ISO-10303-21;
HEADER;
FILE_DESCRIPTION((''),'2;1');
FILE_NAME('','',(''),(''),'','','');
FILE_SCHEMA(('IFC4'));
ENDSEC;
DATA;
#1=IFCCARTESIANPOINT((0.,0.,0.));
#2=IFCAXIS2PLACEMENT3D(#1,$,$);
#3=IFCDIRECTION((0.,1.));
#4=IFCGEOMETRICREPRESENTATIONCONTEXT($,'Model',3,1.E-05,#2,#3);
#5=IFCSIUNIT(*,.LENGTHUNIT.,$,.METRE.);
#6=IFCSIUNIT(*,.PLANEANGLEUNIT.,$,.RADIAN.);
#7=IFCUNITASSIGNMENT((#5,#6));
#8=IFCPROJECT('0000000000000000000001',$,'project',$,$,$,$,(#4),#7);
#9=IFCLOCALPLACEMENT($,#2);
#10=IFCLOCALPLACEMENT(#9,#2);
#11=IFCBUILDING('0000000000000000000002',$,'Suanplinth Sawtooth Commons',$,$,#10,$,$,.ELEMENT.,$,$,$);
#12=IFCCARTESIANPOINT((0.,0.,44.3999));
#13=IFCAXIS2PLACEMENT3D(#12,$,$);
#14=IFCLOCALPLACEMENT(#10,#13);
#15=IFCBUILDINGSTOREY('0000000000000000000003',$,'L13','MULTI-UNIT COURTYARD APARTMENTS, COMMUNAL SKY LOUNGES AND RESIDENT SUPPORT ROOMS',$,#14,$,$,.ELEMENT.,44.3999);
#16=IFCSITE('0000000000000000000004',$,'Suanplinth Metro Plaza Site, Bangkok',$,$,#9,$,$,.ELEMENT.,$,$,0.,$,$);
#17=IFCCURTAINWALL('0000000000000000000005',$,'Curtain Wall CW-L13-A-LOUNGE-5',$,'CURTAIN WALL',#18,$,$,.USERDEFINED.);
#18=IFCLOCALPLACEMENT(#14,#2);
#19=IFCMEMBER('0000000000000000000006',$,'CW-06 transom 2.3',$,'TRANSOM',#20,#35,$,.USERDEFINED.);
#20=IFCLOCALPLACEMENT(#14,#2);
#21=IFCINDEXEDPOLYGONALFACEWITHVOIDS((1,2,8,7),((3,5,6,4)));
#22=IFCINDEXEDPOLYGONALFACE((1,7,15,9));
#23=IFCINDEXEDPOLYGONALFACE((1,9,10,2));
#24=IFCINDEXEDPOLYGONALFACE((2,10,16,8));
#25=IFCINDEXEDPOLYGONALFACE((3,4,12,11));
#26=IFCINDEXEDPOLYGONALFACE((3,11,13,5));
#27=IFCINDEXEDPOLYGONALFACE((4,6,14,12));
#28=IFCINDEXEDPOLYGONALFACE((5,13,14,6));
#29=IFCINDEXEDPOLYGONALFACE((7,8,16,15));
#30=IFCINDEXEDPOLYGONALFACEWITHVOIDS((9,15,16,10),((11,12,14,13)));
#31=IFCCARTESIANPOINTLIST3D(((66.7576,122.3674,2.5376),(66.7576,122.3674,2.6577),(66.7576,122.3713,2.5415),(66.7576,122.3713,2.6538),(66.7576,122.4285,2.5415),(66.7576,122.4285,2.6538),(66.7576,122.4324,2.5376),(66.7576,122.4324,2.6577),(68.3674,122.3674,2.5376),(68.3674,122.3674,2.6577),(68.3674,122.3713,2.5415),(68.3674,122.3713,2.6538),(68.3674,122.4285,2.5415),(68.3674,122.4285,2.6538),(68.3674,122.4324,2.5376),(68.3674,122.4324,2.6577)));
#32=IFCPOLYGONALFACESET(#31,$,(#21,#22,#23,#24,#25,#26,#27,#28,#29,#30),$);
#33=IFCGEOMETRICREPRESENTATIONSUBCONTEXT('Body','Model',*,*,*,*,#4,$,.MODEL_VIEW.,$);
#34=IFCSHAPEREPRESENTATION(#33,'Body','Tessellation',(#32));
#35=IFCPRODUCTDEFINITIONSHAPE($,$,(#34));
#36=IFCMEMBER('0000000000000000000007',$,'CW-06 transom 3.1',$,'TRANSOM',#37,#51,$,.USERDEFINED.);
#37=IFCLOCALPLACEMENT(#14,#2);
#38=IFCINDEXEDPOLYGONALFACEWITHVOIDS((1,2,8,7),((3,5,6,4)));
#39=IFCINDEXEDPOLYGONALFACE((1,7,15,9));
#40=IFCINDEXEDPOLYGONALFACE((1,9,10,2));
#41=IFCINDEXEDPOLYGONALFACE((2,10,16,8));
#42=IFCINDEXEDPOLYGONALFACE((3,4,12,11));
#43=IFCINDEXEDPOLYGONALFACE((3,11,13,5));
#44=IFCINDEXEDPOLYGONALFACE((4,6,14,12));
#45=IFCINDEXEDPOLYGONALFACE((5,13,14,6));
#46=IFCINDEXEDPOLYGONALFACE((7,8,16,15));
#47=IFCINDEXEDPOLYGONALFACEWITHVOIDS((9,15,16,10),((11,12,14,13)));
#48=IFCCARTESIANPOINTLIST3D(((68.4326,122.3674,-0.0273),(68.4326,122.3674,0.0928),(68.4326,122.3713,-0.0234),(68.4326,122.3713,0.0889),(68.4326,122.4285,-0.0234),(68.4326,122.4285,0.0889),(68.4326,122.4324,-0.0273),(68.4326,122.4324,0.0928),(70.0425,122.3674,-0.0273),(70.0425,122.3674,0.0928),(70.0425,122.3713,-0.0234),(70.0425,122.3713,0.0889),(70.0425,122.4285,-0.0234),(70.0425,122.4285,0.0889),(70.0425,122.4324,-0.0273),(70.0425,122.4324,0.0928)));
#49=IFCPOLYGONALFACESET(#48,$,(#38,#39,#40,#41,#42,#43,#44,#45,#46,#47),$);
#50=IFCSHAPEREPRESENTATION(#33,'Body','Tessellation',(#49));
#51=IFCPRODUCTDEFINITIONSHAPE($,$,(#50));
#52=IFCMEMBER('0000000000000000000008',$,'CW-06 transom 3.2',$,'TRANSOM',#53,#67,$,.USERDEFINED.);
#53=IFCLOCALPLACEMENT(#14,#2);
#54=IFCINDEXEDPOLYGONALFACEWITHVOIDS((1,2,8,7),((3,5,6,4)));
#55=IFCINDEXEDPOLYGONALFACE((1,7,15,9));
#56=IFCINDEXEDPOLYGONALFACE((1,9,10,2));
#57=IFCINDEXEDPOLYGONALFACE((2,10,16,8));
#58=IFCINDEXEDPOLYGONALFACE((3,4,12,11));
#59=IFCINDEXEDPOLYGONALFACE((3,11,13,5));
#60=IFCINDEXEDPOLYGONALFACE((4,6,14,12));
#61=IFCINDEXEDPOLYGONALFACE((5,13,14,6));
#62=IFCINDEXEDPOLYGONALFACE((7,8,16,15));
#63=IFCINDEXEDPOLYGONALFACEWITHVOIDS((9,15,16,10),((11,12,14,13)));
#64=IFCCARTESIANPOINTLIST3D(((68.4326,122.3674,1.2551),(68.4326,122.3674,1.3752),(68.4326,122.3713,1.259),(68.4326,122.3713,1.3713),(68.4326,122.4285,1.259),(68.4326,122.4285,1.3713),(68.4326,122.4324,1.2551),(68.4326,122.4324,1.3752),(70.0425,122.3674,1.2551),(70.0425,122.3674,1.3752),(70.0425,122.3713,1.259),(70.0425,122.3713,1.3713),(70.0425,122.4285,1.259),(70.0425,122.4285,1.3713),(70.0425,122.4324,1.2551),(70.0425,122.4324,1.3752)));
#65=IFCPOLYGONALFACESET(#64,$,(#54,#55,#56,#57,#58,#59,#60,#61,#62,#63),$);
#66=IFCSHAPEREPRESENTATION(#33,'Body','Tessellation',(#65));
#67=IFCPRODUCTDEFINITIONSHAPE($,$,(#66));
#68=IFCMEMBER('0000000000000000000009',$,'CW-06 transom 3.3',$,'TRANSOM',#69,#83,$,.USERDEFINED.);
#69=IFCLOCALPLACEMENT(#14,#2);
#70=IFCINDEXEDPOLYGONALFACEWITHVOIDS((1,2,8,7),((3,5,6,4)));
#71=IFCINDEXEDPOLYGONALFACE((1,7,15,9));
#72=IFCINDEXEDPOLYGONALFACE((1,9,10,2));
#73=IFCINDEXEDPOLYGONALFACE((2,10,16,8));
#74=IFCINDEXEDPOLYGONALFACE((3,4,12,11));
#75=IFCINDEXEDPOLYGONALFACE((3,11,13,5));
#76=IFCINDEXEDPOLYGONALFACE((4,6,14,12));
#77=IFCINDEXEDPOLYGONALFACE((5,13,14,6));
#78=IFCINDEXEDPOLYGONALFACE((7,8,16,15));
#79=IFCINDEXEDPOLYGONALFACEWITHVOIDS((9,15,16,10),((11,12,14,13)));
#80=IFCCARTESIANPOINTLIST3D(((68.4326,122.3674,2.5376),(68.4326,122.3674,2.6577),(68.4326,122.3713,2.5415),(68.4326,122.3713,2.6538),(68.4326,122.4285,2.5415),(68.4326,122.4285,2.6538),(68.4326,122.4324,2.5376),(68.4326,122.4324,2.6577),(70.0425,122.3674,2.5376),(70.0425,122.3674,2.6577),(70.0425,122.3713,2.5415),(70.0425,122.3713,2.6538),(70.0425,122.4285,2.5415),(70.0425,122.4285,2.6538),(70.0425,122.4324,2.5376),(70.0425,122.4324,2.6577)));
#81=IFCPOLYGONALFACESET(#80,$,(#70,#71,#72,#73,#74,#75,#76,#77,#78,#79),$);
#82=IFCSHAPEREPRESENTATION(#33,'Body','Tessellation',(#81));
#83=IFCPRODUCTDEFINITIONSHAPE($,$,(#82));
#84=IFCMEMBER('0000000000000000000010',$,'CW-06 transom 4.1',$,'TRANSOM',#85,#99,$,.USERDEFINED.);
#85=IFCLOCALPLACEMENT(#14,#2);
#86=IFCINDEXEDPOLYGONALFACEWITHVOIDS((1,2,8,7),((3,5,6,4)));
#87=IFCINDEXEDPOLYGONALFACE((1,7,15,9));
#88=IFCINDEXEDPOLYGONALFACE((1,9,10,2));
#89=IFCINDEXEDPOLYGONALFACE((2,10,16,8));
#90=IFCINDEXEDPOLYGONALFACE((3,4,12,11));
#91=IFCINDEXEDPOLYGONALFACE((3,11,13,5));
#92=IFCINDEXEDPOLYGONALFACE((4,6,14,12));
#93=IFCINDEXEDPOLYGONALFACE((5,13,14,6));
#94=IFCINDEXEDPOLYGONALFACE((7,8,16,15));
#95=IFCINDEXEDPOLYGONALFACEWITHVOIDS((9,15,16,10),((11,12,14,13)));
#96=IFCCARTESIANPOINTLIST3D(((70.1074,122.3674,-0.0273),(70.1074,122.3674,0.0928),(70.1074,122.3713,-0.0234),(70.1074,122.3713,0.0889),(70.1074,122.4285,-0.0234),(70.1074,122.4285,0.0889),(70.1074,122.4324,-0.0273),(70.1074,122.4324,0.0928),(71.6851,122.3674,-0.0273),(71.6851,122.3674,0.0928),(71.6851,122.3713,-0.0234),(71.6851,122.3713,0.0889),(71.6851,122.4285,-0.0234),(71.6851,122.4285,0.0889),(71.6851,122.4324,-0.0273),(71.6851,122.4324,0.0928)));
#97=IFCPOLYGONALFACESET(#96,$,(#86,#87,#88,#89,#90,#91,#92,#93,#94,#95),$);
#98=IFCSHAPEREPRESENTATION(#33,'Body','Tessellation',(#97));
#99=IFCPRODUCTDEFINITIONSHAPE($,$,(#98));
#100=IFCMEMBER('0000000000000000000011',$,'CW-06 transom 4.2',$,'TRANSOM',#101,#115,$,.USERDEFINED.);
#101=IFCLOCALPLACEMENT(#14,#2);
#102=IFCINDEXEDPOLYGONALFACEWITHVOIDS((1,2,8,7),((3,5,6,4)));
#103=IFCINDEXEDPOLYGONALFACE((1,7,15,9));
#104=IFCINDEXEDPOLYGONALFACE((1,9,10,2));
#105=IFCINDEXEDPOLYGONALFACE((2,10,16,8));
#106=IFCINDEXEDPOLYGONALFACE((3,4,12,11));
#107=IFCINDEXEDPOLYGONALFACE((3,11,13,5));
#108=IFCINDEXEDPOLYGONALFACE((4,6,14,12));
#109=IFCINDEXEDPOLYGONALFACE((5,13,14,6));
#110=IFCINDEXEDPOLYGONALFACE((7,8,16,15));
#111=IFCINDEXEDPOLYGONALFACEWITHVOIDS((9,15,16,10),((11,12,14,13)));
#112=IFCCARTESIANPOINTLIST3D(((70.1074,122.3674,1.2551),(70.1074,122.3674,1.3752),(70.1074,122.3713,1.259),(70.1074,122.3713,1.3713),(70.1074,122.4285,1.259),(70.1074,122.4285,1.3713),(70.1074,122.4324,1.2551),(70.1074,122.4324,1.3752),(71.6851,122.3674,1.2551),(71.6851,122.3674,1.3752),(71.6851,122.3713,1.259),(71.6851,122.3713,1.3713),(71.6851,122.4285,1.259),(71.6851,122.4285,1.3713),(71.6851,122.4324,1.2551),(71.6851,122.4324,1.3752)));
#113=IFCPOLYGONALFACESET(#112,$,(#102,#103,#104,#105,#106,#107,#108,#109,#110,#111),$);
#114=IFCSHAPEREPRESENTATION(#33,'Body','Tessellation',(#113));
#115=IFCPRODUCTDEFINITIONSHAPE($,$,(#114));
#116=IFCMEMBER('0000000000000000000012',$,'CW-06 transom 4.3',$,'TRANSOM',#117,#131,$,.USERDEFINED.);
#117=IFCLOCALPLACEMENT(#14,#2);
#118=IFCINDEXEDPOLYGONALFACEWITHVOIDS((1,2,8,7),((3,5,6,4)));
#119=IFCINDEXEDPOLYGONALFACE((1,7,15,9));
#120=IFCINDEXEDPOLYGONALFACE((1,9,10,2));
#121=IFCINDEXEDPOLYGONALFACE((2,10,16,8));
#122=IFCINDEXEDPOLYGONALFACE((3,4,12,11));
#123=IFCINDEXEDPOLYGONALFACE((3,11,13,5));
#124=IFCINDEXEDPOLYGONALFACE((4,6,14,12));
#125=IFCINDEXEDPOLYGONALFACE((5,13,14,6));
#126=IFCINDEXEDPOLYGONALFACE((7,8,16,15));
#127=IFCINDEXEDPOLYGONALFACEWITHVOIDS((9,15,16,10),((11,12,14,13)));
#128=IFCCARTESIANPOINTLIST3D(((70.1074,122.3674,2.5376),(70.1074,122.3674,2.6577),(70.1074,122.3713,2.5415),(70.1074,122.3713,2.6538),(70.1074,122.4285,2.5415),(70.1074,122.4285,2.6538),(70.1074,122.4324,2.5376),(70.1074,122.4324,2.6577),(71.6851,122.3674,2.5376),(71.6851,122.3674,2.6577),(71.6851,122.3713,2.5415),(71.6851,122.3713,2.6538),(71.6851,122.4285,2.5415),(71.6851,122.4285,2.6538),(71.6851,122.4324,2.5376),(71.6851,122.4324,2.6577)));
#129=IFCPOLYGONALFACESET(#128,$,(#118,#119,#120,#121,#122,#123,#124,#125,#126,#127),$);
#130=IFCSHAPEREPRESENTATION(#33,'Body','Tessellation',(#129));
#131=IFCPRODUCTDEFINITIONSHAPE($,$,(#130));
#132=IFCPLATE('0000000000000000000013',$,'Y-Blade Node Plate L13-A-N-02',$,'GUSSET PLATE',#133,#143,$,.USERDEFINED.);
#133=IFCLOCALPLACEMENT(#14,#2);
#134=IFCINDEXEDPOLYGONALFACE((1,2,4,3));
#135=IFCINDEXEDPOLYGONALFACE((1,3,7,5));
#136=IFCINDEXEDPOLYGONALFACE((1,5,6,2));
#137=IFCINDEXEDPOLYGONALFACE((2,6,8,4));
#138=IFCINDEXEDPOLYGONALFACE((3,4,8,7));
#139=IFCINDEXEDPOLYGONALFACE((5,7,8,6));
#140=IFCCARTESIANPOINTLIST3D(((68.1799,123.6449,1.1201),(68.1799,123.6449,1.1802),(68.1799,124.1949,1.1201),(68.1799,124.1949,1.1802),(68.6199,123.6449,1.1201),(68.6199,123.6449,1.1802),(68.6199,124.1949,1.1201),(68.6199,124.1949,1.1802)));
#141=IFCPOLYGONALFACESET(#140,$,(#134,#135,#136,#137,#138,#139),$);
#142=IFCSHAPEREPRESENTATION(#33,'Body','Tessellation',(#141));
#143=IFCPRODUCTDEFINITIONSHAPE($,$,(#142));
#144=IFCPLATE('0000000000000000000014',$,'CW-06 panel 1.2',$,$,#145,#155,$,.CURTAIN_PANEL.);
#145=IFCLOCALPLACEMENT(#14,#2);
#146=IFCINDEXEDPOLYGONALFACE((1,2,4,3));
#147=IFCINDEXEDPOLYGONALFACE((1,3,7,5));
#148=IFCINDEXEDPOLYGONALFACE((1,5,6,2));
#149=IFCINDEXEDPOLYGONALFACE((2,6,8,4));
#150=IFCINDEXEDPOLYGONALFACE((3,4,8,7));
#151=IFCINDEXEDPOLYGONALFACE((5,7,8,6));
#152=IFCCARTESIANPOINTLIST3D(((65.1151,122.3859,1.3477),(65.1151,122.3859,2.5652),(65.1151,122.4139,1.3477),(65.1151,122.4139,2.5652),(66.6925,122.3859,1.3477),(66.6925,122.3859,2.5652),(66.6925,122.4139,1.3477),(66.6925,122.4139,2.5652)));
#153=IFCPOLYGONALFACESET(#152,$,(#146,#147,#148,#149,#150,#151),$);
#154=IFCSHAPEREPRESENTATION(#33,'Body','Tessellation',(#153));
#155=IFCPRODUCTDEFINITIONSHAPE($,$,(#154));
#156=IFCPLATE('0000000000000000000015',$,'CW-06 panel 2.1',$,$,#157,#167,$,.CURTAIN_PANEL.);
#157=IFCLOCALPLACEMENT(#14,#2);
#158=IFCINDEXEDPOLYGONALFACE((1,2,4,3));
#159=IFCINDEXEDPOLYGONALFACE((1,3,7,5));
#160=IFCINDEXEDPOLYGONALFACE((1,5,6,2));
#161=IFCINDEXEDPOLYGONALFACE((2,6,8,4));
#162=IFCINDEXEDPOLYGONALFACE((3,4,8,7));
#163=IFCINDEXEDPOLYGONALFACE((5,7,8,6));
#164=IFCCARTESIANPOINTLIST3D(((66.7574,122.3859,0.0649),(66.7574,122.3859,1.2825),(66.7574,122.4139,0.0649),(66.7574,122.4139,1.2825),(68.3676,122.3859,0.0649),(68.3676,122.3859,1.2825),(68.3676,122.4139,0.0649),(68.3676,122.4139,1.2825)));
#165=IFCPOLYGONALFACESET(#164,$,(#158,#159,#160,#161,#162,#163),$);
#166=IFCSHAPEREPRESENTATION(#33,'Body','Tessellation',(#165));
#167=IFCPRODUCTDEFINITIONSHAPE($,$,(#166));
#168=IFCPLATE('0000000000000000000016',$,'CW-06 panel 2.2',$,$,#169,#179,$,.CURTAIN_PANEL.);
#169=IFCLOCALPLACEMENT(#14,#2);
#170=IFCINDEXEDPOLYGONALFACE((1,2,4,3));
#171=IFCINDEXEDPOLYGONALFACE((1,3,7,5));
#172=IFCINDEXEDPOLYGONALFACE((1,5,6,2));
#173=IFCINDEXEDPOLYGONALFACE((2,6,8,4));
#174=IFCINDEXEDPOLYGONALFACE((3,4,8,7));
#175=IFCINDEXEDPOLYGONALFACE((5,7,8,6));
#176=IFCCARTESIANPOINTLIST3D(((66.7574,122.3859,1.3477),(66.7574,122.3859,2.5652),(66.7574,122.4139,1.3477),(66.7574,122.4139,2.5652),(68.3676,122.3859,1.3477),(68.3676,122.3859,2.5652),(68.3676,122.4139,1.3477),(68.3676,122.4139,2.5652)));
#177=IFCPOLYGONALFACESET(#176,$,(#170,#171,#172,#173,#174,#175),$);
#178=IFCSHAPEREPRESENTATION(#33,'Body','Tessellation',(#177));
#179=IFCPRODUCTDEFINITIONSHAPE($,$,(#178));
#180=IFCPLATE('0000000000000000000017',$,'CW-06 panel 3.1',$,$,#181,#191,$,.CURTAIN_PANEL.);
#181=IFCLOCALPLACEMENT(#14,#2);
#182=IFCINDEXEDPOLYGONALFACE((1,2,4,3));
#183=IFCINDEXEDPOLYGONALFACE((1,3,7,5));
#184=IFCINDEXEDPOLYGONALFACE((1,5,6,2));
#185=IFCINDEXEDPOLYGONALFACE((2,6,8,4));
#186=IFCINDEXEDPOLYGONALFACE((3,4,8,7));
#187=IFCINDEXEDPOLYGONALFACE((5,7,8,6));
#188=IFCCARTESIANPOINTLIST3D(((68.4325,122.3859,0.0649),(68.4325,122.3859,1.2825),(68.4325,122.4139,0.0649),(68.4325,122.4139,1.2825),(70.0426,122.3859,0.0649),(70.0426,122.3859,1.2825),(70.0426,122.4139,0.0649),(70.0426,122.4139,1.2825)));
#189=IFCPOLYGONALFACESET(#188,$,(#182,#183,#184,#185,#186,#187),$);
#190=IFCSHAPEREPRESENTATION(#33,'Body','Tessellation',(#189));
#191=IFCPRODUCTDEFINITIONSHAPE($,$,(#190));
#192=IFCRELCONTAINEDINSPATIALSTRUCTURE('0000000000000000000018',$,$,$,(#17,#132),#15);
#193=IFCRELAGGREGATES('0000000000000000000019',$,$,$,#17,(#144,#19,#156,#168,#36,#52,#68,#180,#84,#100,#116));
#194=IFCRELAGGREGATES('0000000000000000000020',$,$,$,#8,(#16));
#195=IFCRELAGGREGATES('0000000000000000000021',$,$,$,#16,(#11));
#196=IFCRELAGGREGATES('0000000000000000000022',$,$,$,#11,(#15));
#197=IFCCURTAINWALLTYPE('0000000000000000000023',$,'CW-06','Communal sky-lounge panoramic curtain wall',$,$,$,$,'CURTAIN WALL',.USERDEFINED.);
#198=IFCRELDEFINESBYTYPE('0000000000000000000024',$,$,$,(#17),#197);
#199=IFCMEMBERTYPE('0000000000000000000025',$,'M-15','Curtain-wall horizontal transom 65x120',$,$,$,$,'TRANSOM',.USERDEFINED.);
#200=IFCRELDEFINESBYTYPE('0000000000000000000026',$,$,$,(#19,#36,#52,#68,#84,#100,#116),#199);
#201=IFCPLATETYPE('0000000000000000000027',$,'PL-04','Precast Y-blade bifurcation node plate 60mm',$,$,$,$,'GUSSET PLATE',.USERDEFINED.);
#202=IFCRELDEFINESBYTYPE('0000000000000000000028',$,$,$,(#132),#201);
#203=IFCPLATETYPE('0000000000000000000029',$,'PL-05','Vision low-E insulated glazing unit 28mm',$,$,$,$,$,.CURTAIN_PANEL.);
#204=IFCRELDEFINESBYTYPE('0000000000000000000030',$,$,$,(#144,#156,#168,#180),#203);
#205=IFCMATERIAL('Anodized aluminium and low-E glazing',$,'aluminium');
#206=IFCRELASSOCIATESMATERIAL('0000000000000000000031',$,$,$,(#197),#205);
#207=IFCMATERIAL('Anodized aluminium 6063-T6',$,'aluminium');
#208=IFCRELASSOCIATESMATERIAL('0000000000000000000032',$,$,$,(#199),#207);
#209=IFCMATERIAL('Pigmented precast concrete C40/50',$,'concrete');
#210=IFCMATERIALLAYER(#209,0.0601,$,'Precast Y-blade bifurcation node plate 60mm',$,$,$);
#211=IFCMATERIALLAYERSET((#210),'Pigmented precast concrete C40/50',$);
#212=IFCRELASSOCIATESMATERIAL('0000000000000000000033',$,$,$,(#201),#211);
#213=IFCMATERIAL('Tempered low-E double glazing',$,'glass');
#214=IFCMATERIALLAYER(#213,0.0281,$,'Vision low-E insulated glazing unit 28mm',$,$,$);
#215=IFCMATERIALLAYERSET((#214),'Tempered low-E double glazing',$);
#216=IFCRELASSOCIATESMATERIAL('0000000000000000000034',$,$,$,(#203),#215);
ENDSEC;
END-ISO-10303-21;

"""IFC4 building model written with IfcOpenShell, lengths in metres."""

from ifc_helpers import new_model, si_unit, direction, frame, origin, origin_2d, place, context, subcontext, project, spatial, rectangle, hollow_rectangle, extrude, material, layer, layer_set, material_profile, profile_set, type_object, element, aggregate, save


model = new_model("IFC4")

# Units and contexts
model_context = context("Model", 3, precision=1e-05, world=origin(), true_north=direction((0.0, 1.0)))
body_context = subcontext(model_context, "Body", "Model", "MODEL_VIEW")
ifc_project = project(units=[si_unit("LENGTHUNIT", "METRE"), si_unit("PLANEANGLEUNIT", "RADIAN")], contexts=[model_context])

# Site, building, storey
site_placement = place(None, origin())
site = spatial("IfcSite", under=ifc_project, at=site_placement, Name="Suanplinth Metro Plaza Site, Bangkok", CompositionType="ELEMENT", RefElevation=0.0)
building_placement = place(site_placement, origin())
building = spatial("IfcBuilding", under=site, at=building_placement, Name="Suanplinth Sawtooth Commons", CompositionType="ELEMENT")
storey_placement = place(building_placement, frame((0.0, 0.0, 44.3999)))
storey = spatial("IfcBuildingStorey", under=building, at=storey_placement, Name="L13", Description="MULTI-UNIT COURTYARD APARTMENTS, COMMUNAL SKY LOUNGES AND RESIDENT SUPPORT ROOMS", CompositionType="ELEMENT", Elevation=44.3999)

# Shared definitions
ifc_material_1 = material(Name="Pigmented precast concrete C40/50", Category="concrete")

# Curtain wall, members
ifc_material_2 = material(Name="Anodized aluminium and low-E glazing", Category="aluminium")
curtain_wall_type = type_object("IfcCurtainWallType", Name="CW-06", Description="Communal sky-lounge panoramic curtain wall", ElementType="CURTAIN WALL", PredefinedType="USERDEFINED", material=ifc_material_2)
curtain_wall_placement = place(storey_placement, origin())
curtain_wall = element("IfcCurtainWall", 1, at=curtain_wall_placement, inside=storey, type_object=curtain_wall_type, Name="Curtain Wall CW-L13-A-LOUNGE-5", ObjectType="CURTAIN WALL", PredefinedType="USERDEFINED")
ifc_material_3 = material(Name="Anodized aluminium 6063-T6", Category="aluminium")
ifc_material_profile_1 = material_profile(ifc_material_3, hollow_rectangle(XDim=0.0649, YDim=0.1201, WallThickness=0.0039, at=origin_2d()), Name="ALU-TRN 65x120")
ifc_profile_set_1 = profile_set([ifc_material_profile_1], Name="Anodized aluminium 6063-T6")
member_type_1 = type_object("IfcMemberType", Name="M-15", Description="Curtain-wall horizontal transom 65x120", ElementType="TRANSOM", PredefinedType="USERDEFINED", material=ifc_profile_set_1)
member_1_placement = place(storey_placement, frame((66.7576, 122.3999, 2.5977), z_axis=(1.0, 0.0, 0.0), x_axis=(0.0, 1.0, 0.0)))
member_1 = element("IfcMember", 2, at=member_1_placement, type_object=member_type_1, Name="CW-06 transom 2.3", ObjectType="TRANSOM", PredefinedType="USERDEFINED", context=body_context, shape_type="SweptSolid", body=[
    extrude(hollow_rectangle(XDim=0.0649, YDim=0.1201, WallThickness=0.0039, at=origin_2d()), origin(), (0.0, 0.0, 1.0), 1.6099),
])
member_2_placement = place(storey_placement, frame((68.4326, 122.3999, 0.0327), z_axis=(1.0, 0.0, 0.0), x_axis=(0.0, 1.0, 0.0)))
member_2 = element("IfcMember", 3, at=member_2_placement, type_object=member_type_1, Name="CW-06 transom 3.1", ObjectType="TRANSOM", PredefinedType="USERDEFINED", context=body_context, shape_type="SweptSolid", body=[
    extrude(hollow_rectangle(XDim=0.0649, YDim=0.1201, WallThickness=0.0039, at=origin_2d()), origin(), (0.0, 0.0, 1.0), 1.6099),
])
member_3_placement = place(storey_placement, frame((68.4326, 122.3999, 1.3152), z_axis=(1.0, 0.0, 0.0), x_axis=(0.0, 1.0, 0.0)))
member_3 = element("IfcMember", 4, at=member_3_placement, type_object=member_type_1, Name="CW-06 transom 3.2", ObjectType="TRANSOM", PredefinedType="USERDEFINED", context=body_context, shape_type="SweptSolid", body=[
    extrude(hollow_rectangle(XDim=0.0649, YDim=0.1201, WallThickness=0.0039, at=origin_2d()), origin(), (0.0, 0.0, 1.0), 1.6099),
])
member_4_placement = place(storey_placement, frame((68.4326, 122.3999, 2.5977), z_axis=(1.0, 0.0, 0.0), x_axis=(0.0, 1.0, 0.0)))
member_4 = element("IfcMember", 5, at=member_4_placement, type_object=member_type_1, Name="CW-06 transom 3.3", ObjectType="TRANSOM", PredefinedType="USERDEFINED", context=body_context, shape_type="SweptSolid", body=[
    extrude(hollow_rectangle(XDim=0.0649, YDim=0.1201, WallThickness=0.0039, at=origin_2d()), origin(), (0.0, 0.0, 1.0), 1.6099),
])
member_5_placement = place(storey_placement, frame((70.1074, 122.3999, 0.0327), z_axis=(1.0, 0.0, 0.0), x_axis=(0.0, 1.0, 0.0)))
member_5 = element("IfcMember", 6, at=member_5_placement, type_object=member_type_1, Name="CW-06 transom 4.1", ObjectType="TRANSOM", PredefinedType="USERDEFINED", context=body_context, shape_type="SweptSolid", body=[
    extrude(hollow_rectangle(XDim=0.0649, YDim=0.1201, WallThickness=0.0039, at=origin_2d()), origin(), (0.0, 0.0, 1.0), 1.5776),
])
member_6_placement = place(storey_placement, frame((70.1074, 122.3999, 1.3152), z_axis=(1.0, 0.0, 0.0), x_axis=(0.0, 1.0, 0.0)))
member_6 = element("IfcMember", 7, at=member_6_placement, type_object=member_type_1, Name="CW-06 transom 4.2", ObjectType="TRANSOM", PredefinedType="USERDEFINED", context=body_context, shape_type="SweptSolid", body=[
    extrude(hollow_rectangle(XDim=0.0649, YDim=0.1201, WallThickness=0.0039, at=origin_2d()), origin(), (0.0, 0.0, 1.0), 1.5776),
])
member_7_placement = place(storey_placement, frame((70.1074, 122.3999, 2.5977), z_axis=(1.0, 0.0, 0.0), x_axis=(0.0, 1.0, 0.0)))
member_7 = element("IfcMember", 8, at=member_7_placement, type_object=member_type_1, Name="CW-06 transom 4.3", ObjectType="TRANSOM", PredefinedType="USERDEFINED", context=body_context, shape_type="SweptSolid", body=[
    extrude(hollow_rectangle(XDim=0.0649, YDim=0.1201, WallThickness=0.0039, at=origin_2d()), origin(), (0.0, 0.0, 1.0), 1.5776),
])

# Plates
ifc_layer_1 = layer(ifc_material_1, 0.0601, Name="Precast Y-blade bifurcation node plate 60mm")
ifc_layer_set_1 = layer_set([ifc_layer_1], Name="Pigmented precast concrete C40/50")
plate_type_1 = type_object("IfcPlateType", Name="PL-04", Description="Precast Y-blade bifurcation node plate 60mm", ElementType="GUSSET PLATE", PredefinedType="USERDEFINED", material=ifc_layer_set_1)
plate_1_placement = place(storey_placement, frame((68.3999, 123.9199, 1.1201), z_axis=(0.0, 0.0, 1.0), x_axis=(1.0, 0.0, 0.0)))
element("IfcPlate", 9, at=plate_1_placement, inside=storey, type_object=plate_type_1, Name="Y-Blade Node Plate L13-A-N-02", ObjectType="GUSSET PLATE", PredefinedType="USERDEFINED", context=body_context, shape_type="SweptSolid", body=[
    extrude(rectangle(XDim=0.4399, YDim=0.55, at=origin_2d()), origin(), (0.0, 0.0, 1.0), 0.0601),
])
ifc_material_4 = material(Name="Tempered low-E double glazing", Category="glass")
ifc_layer_2 = layer(ifc_material_4, 0.0281, Name="Vision low-E insulated glazing unit 28mm")
ifc_layer_set_2 = layer_set([ifc_layer_2], Name="Tempered low-E double glazing")
plate_type_2 = type_object("IfcPlateType", Name="PL-05", Description="Vision low-E insulated glazing unit 28mm", PredefinedType="CURTAIN_PANEL", material=ifc_layer_set_2)
plate_2_placement = place(storey_placement, frame((65.9038, 122.3999, 1.3477), z_axis=(0.0, 0.0, 1.0), x_axis=(1.0, 0.0, 0.0)))
plate_2 = element("IfcPlate", 10, at=plate_2_placement, type_object=plate_type_2, Name="CW-06 panel 1.2", PredefinedType="CURTAIN_PANEL", context=body_context, shape_type="SweptSolid", body=[
    extrude(rectangle(XDim=1.5774, YDim=0.0281, at=origin_2d()), origin(), (0.0, 0.0, 1.0), 1.2175),
])
plate_3_placement = place(storey_placement, frame((67.5625, 122.3999, 0.0649), z_axis=(0.0, 0.0, 1.0), x_axis=(1.0, 0.0, 0.0)))
plate_3 = element("IfcPlate", 11, at=plate_3_placement, type_object=plate_type_2, Name="CW-06 panel 2.1", PredefinedType="CURTAIN_PANEL", context=body_context, shape_type="SweptSolid", body=[
    extrude(rectangle(XDim=1.6101, YDim=0.0281, at=origin_2d()), origin(), (0.0, 0.0, 1.0), 1.2175),
])
plate_4_placement = place(storey_placement, frame((67.5625, 122.3999, 1.3477), z_axis=(0.0, 0.0, 1.0), x_axis=(1.0, 0.0, 0.0)))
plate_4 = element("IfcPlate", 12, at=plate_4_placement, type_object=plate_type_2, Name="CW-06 panel 2.2", PredefinedType="CURTAIN_PANEL", context=body_context, shape_type="SweptSolid", body=[
    extrude(rectangle(XDim=1.6101, YDim=0.0281, at=origin_2d()), origin(), (0.0, 0.0, 1.0), 1.2175),
])
plate_5_placement = place(storey_placement, frame((69.2375, 122.3999, 0.0649), z_axis=(0.0, 0.0, 1.0), x_axis=(1.0, 0.0, 0.0)))
plate_5 = element("IfcPlate", 13, at=plate_5_placement, type_object=plate_type_2, Name="CW-06 panel 3.1", PredefinedType="CURTAIN_PANEL", context=body_context, shape_type="SweptSolid", body=[
    extrude(rectangle(XDim=1.6101, YDim=0.0281, at=origin_2d()), origin(), (0.0, 0.0, 1.0), 1.2175),
])
aggregate(curtain_wall, [plate_2, member_1, plate_3, plate_4, member_2, member_3, member_4, plate_5, member_5, member_6, member_7])

save(model, "model.ifc")
